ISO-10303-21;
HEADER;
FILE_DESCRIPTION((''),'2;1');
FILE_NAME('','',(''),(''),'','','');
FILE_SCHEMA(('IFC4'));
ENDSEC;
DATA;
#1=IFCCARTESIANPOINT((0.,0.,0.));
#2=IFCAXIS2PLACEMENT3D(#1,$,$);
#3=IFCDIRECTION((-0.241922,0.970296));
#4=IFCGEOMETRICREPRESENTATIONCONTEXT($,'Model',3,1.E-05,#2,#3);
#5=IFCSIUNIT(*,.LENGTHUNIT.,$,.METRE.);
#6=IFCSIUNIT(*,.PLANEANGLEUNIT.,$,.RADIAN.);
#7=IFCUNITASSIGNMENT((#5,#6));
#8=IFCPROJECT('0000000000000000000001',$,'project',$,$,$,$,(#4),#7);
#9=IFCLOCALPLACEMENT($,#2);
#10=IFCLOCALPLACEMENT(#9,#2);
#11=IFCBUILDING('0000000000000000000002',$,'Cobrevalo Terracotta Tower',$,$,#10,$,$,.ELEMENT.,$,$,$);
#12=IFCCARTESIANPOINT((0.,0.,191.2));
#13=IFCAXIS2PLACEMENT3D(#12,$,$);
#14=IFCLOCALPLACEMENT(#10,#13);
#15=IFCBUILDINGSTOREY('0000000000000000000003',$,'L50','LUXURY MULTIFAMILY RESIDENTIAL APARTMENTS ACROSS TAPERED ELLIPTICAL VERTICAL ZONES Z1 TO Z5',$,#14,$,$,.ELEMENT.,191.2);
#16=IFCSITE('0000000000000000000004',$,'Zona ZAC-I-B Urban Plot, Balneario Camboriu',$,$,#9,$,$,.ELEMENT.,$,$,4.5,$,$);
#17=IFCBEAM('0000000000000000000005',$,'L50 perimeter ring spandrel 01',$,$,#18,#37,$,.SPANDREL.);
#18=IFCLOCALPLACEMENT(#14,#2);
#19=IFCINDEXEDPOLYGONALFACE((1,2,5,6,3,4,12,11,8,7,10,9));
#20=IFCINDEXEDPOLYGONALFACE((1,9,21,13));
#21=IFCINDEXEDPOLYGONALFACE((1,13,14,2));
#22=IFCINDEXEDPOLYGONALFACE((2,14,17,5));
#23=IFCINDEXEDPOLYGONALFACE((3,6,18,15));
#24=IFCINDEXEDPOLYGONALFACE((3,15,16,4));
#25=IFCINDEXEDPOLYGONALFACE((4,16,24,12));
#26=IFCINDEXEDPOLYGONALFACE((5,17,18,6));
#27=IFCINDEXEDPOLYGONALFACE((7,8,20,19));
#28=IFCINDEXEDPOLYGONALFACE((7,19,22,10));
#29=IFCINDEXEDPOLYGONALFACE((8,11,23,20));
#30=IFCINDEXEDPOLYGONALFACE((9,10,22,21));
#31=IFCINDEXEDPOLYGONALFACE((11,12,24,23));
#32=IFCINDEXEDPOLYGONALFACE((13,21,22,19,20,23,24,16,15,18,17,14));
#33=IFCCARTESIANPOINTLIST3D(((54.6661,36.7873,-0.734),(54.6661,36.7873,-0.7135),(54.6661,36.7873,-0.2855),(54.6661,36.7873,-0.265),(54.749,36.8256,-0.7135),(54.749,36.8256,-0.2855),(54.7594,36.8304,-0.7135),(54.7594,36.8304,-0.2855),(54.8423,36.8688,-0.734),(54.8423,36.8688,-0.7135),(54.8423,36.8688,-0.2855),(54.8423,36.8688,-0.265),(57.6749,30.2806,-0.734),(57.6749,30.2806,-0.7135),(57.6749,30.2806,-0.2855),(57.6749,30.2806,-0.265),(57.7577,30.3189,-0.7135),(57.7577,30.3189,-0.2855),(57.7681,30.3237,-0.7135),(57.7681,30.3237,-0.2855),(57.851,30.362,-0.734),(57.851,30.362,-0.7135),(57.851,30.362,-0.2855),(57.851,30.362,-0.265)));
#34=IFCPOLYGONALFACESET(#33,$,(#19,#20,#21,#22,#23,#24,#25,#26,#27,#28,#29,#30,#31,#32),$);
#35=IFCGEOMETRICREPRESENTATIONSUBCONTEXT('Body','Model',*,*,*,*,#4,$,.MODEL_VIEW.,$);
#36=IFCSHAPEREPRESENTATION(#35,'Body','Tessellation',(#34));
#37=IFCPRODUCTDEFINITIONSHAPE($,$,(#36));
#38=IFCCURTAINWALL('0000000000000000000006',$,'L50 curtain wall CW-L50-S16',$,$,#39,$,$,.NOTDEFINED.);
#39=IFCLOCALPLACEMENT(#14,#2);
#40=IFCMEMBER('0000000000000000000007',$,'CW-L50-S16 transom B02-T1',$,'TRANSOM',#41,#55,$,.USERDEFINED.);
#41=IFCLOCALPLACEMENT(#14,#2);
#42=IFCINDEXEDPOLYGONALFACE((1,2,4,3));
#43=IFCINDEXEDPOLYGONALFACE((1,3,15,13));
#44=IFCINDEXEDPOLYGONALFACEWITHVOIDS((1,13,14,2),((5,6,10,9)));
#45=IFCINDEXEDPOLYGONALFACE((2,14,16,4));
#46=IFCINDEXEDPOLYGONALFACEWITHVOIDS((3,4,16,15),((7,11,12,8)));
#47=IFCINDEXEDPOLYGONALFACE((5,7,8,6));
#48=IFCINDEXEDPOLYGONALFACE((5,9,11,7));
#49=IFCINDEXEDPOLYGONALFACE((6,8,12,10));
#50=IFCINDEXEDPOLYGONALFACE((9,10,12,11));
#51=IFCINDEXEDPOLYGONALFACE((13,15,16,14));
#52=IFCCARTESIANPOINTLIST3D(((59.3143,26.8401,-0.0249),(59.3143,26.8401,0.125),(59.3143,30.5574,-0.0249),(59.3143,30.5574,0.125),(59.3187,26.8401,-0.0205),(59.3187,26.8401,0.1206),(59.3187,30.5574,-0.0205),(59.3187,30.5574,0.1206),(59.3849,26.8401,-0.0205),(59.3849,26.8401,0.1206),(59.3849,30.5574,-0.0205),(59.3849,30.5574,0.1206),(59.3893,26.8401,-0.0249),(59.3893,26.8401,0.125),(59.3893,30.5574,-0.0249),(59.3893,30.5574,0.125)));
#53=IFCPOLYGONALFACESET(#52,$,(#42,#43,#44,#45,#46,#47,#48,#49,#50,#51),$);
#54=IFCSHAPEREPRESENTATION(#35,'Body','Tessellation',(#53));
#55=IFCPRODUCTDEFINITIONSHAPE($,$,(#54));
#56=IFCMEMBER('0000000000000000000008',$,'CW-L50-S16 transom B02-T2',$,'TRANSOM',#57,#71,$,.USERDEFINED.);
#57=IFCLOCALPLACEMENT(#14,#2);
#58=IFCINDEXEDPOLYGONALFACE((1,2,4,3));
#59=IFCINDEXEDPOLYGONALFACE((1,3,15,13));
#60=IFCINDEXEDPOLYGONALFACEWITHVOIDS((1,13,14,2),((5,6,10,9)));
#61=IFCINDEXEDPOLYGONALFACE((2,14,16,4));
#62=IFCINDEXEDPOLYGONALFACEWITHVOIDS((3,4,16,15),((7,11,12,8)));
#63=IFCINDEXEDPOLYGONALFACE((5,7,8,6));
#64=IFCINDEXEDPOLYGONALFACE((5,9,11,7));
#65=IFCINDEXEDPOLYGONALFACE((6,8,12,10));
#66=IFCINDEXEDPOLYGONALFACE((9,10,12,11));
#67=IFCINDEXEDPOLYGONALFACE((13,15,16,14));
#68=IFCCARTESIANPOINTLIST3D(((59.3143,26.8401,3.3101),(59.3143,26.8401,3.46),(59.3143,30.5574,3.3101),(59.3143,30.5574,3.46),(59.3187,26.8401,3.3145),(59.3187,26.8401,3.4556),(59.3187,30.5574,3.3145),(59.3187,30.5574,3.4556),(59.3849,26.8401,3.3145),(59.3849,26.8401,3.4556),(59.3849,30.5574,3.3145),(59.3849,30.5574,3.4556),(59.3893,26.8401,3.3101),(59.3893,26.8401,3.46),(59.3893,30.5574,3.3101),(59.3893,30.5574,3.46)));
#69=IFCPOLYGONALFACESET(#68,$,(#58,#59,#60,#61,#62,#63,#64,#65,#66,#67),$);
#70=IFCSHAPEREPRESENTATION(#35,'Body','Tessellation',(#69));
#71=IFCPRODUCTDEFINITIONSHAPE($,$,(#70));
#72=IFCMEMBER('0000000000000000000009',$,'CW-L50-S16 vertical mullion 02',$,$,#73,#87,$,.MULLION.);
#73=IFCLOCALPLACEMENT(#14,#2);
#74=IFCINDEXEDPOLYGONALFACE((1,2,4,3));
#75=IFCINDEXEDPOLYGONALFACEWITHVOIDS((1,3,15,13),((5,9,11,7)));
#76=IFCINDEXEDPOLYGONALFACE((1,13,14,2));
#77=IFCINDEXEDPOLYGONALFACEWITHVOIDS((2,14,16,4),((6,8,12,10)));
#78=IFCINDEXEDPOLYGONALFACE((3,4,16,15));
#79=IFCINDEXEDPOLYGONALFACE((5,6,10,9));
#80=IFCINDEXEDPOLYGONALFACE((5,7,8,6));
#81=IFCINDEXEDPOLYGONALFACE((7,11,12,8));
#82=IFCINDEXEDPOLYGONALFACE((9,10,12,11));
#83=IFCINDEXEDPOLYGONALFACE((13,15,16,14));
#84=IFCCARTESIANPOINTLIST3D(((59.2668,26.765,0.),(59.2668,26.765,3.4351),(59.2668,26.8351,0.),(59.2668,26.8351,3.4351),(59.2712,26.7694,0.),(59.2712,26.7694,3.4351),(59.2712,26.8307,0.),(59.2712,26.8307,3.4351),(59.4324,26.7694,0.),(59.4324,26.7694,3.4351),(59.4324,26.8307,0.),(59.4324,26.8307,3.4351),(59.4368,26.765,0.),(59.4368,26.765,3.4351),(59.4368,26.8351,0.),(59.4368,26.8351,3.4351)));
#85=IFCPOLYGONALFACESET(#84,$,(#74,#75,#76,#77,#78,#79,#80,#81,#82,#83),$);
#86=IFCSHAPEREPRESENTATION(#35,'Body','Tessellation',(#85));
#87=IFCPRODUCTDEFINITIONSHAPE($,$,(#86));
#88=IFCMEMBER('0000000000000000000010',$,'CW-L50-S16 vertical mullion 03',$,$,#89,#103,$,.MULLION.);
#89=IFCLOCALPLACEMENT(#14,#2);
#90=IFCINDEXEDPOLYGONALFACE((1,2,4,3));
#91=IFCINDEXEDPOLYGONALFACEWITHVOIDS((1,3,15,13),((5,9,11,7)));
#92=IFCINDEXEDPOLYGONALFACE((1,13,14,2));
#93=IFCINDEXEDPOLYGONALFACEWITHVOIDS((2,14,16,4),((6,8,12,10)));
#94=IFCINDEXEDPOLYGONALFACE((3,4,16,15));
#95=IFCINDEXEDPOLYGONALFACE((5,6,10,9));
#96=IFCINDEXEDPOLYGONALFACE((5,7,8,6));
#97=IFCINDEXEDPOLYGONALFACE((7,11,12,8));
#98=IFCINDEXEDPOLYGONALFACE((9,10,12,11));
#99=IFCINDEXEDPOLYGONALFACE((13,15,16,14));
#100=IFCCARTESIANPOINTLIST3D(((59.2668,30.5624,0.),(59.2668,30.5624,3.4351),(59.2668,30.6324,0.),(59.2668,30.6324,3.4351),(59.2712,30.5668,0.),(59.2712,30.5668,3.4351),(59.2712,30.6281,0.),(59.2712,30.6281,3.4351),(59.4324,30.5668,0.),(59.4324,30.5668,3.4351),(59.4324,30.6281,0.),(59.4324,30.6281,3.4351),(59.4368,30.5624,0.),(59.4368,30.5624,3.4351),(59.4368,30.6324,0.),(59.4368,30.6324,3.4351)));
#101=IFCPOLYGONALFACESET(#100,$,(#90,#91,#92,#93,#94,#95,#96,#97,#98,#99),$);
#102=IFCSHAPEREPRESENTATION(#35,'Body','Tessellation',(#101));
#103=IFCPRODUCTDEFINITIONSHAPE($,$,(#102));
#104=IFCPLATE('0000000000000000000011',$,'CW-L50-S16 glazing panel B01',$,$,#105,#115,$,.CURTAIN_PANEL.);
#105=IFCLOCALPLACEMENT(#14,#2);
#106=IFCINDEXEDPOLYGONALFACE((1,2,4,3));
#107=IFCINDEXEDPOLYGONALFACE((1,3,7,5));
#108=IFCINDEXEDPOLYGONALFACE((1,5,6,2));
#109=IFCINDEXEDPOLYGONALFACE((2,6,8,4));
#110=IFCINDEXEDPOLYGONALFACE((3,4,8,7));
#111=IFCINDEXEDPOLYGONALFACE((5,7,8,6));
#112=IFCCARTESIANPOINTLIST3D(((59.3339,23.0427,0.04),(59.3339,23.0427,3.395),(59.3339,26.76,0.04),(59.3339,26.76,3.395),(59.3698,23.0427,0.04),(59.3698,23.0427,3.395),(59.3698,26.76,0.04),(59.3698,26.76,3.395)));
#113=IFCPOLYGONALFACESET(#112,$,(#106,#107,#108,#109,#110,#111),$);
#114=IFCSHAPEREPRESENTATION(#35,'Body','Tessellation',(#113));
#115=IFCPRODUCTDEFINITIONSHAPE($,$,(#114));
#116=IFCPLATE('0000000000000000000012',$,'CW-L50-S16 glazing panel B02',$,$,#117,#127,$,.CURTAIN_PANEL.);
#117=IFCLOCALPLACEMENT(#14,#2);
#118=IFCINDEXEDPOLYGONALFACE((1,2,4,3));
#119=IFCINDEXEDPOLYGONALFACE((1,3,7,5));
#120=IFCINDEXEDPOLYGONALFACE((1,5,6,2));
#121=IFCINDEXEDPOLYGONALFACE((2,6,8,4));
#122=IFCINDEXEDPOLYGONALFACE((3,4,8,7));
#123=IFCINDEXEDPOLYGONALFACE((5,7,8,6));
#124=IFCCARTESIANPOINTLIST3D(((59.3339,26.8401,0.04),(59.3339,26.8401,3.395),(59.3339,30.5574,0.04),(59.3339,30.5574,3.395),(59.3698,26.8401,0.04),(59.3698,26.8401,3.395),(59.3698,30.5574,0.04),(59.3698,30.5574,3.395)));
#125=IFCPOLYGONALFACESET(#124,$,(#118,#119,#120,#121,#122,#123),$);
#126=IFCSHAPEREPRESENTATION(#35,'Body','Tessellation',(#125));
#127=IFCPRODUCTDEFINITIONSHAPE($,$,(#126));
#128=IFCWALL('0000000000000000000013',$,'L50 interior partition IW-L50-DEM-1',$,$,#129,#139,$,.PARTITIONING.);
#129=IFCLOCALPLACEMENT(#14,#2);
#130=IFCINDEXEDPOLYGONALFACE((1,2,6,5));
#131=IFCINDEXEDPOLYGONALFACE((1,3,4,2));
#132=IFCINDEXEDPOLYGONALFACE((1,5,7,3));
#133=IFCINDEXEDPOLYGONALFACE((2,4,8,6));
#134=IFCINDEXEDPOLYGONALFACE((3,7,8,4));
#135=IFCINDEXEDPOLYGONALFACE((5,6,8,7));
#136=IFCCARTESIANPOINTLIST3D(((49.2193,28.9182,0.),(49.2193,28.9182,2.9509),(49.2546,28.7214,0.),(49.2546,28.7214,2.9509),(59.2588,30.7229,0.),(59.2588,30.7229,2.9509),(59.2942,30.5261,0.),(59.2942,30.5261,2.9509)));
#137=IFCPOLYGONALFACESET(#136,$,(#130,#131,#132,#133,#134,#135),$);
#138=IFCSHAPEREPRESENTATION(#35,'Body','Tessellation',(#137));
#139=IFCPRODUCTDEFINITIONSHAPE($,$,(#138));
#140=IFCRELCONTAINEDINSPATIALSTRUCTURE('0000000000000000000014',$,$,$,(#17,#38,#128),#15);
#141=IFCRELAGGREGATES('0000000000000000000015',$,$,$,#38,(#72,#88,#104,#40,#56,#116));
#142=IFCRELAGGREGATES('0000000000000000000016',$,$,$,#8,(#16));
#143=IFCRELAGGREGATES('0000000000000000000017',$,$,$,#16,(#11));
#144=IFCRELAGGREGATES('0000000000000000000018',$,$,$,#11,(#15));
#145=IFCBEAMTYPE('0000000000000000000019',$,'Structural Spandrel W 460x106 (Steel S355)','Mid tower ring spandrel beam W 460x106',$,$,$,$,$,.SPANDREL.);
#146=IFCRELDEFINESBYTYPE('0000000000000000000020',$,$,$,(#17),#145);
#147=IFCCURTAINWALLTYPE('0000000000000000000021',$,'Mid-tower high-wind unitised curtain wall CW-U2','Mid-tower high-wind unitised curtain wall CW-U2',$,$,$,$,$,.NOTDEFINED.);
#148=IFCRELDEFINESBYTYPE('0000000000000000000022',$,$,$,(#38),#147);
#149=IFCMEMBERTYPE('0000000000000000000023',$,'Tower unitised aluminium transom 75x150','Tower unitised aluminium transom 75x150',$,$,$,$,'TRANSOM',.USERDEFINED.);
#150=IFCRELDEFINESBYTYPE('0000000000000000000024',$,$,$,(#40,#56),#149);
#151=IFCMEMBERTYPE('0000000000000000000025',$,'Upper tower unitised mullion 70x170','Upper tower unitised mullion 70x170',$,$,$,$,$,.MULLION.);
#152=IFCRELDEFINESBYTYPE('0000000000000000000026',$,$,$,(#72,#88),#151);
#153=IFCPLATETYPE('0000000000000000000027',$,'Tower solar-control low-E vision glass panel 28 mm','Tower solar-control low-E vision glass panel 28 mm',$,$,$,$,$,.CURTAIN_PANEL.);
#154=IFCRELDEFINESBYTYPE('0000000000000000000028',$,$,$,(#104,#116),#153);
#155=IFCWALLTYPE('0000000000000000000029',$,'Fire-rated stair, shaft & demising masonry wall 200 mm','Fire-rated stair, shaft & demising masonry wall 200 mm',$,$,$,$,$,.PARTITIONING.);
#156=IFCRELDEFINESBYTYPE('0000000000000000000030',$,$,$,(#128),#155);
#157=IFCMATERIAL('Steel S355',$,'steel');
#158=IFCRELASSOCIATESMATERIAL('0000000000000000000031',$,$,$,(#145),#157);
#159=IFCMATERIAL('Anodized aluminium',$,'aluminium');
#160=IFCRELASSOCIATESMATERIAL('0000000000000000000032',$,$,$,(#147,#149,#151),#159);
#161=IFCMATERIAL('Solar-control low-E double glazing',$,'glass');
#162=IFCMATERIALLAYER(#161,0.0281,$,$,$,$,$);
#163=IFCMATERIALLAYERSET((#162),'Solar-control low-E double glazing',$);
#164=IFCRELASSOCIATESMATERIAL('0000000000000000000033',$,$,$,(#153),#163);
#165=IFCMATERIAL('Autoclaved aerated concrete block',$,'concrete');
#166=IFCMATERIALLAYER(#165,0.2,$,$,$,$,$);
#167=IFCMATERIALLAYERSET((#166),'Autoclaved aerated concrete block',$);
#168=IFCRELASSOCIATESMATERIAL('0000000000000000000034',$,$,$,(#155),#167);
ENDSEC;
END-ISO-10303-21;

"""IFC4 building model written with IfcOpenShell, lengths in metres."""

from ifc_helpers import new_model, si_unit, direction, frame, frame_2d, origin, origin_2d, place, context, subcontext, project, spatial, rectangle, hollow_rectangle, i_section, extrude, source, transform, mapped, material, layer, layer_set, material_profile, profile_set, type_object, element, aggregate, save


model = new_model("IFC4")

# Units and contexts
model_context = context("Model", 3, precision=1e-05, world=origin(), true_north=direction((-0.241922, 0.970296)))
body_context = subcontext(model_context, "Body", "Model", "MODEL_VIEW")
ifc_project = project(units=[si_unit("LENGTHUNIT", "METRE"), si_unit("PLANEANGLEUNIT", "RADIAN")], contexts=[model_context])

# Site, building, storey
site_placement = place(None, origin())
site = spatial("IfcSite", under=ifc_project, at=site_placement, Name="Zona ZAC-I-B Urban Plot, Balneario Camboriu", CompositionType="ELEMENT", RefElevation=4.5)
building_placement = place(site_placement, origin())
building = spatial("IfcBuilding", under=site, at=building_placement, Name="Cobrevalo Terracotta Tower", CompositionType="ELEMENT")
storey_placement = place(building_placement, frame((0.0, 0.0, 191.2)))
storey = spatial("IfcBuildingStorey", under=building, at=storey_placement, Name="L50", Description="LUXURY MULTIFAMILY RESIDENTIAL APARTMENTS ACROSS TAPERED ELLIPTICAL VERTICAL ZONES Z1 TO Z5", CompositionType="ELEMENT", Elevation=191.2)

# Shared definitions
ifc_material_1 = material(Name="Steel S355", Category="steel")

# Beam
ifc_material_profile_1 = material_profile(ifc_material_1, i_section(OverallWidth=0.1941, OverallDepth=0.469, WebThickness=0.0115, FlangeThickness=0.0205, at=origin_2d()), Name="W 460x106")
ifc_profile_set_1 = profile_set([ifc_material_profile_1], Name="Steel S355")
beam_type_1 = type_object("IfcBeamType", Name="Structural Spandrel W 460x106 (Steel S355)", Description="Mid tower ring spandrel beam W 460x106", PredefinedType="SPANDREL", material=ifc_profile_set_1)
beam_1_placement = place(storey_placement, frame((57.7629, 30.3213, -0.4995), z_axis=(-0.419706, 0.90766, 0.0), x_axis=(-0.90766, -0.419706, 0.0)))
element("IfcBeam", 1, at=beam_1_placement, inside=storey, type_object=beam_type_1, Name="L50 perimeter ring spandrel 01", PredefinedType="SPANDREL", context=body_context, shape_type="SweptSolid", body=[
    extrude(i_section(OverallWidth=0.1941, OverallDepth=0.469, WebThickness=0.0115, FlangeThickness=0.0205, at=origin_2d()), origin(), (0.0, 0.0, 1.0), 7.1687),
])

# Curtain wall, members, plates
ifc_material_2 = material(Name="Anodized aluminium", Category="aluminium")
curtain_wall_type = type_object("IfcCurtainWallType", Name="Mid-tower high-wind unitised curtain wall CW-U2", Description="Mid-tower high-wind unitised curtain wall CW-U2", PredefinedType="NOTDEFINED", material=ifc_material_2)
curtain_wall_placement = place(storey_placement, origin())
curtain_wall = element("IfcCurtainWall", 2, at=curtain_wall_placement, inside=storey, type_object=curtain_wall_type, Name="L50 curtain wall CW-L50-S16", PredefinedType="NOTDEFINED")
ifc_material_profile_2 = material_profile(ifc_material_2, hollow_rectangle(XDim=0.075, YDim=0.1499, WallThickness=0.0044, at=origin_2d()), Name="CWT 75x150")
ifc_profile_set_2 = profile_set([ifc_material_profile_2], Name="Anodized aluminium")
member_type_1 = type_object("IfcMemberType", Name="Tower unitised aluminium transom 75x150", Description="Tower unitised aluminium transom 75x150", ElementType="TRANSOM", PredefinedType="USERDEFINED", material=ifc_profile_set_2)
shared_shape_1 = source(origin(), body_context, "Body", "SweptSolid", [
    extrude(hollow_rectangle(XDim=0.075, YDim=0.1499, WallThickness=0.0044, at=origin_2d()), origin(), (0.0, 0.0, 1.0), 3.7173),
])
member_1_placement = place(storey_placement, frame((59.3518, 26.8401, 0.05), z_axis=(0.0, 1.0, 0.0), x_axis=(-1.0, 0.0, 0.0)))
member_1 = element("IfcMember", 3, at=member_1_placement, type_object=member_type_1, Name="CW-L50-S16 transom B02-T1", ObjectType="TRANSOM", PredefinedType="USERDEFINED", context=body_context, shape_type="MappedRepresentation", body=[
    mapped(shared_shape_1, transform((0.0, 0.0, 0.0), scale=1.0)),
])
member_2_placement = place(storey_placement, frame((59.3518, 26.8401, 3.385), z_axis=(0.0, 1.0, 0.0), x_axis=(-1.0, 0.0, 0.0)))
member_2 = element("IfcMember", 4, at=member_2_placement, type_object=member_type_1, Name="CW-L50-S16 transom B02-T2", ObjectType="TRANSOM", PredefinedType="USERDEFINED", context=body_context, shape_type="MappedRepresentation", body=[
    mapped(shared_shape_1, transform((0.0, 0.0, 0.0), scale=1.0)),
])
ifc_material_profile_3 = material_profile(ifc_material_2, hollow_rectangle(XDim=0.0701, YDim=0.1699, WallThickness=0.0044, at=origin_2d()), Name="CWM 70x170")
ifc_profile_set_3 = profile_set([ifc_material_profile_3], Name="Anodized aluminium")
member_type_2 = type_object("IfcMemberType", Name="Upper tower unitised mullion 70x170", Description="Upper tower unitised mullion 70x170", PredefinedType="MULLION", material=ifc_profile_set_3)
shared_shape_2 = source(origin(), body_context, "Body", "SweptSolid", [
    extrude(hollow_rectangle(XDim=0.0701, YDim=0.1699, WallThickness=0.0044, at=origin_2d()), origin(), (0.0, 0.0, 1.0), 3.4351),
])
member_3_placement = place(storey_placement, frame((59.3518, 26.8, 0.0), z_axis=(0.0, 0.0, 1.0), x_axis=(0.0, 1.0, 0.0)))
member_3 = element("IfcMember", 5, at=member_3_placement, type_object=member_type_2, Name="CW-L50-S16 vertical mullion 02", PredefinedType="MULLION", context=body_context, shape_type="MappedRepresentation", body=[
    mapped(shared_shape_2, transform((0.0, 0.0, 0.0), scale=1.0)),
])
member_4_placement = place(storey_placement, frame((59.3518, 30.5974, 0.0), z_axis=(0.0, 0.0, 1.0), x_axis=(0.0, 1.0, 0.0)))
member_4 = element("IfcMember", 6, at=member_4_placement, type_object=member_type_2, Name="CW-L50-S16 vertical mullion 03", PredefinedType="MULLION", context=body_context, shape_type="MappedRepresentation", body=[
    mapped(shared_shape_2, transform((0.0, 0.0, 0.0), scale=1.0)),
])
ifc_material_3 = material(Name="Solar-control low-E double glazing", Category="glass")
ifc_layer_1 = layer(ifc_material_3, 0.0281)
ifc_layer_set_1 = layer_set([ifc_layer_1], Name="Solar-control low-E double glazing")
plate_type = type_object("IfcPlateType", Name="Tower solar-control low-E vision glass panel 28 mm", Description="Tower solar-control low-E vision glass panel 28 mm", PredefinedType="CURTAIN_PANEL", material=ifc_layer_set_1)
shared_shape_3 = source(origin(), body_context, "Body", "SweptSolid", [
    extrude(rectangle(XDim=3.7173, YDim=0.0359, at=origin_2d()), origin(), (0.0, 0.0, 1.0), 3.355),
])
plate_1_placement = place(storey_placement, frame((59.3518, 24.9014, 0.04), z_axis=(0.0, 0.0, 1.0), x_axis=(0.0, 1.0, 0.0)))
plate_1 = element("IfcPlate", 7, at=plate_1_placement, type_object=plate_type, Name="CW-L50-S16 glazing panel B01", PredefinedType="CURTAIN_PANEL", context=body_context, shape_type="MappedRepresentation", body=[
    mapped(shared_shape_3, transform((0.0, 0.0, 0.0), scale=1.0)),
])
plate_2_placement = place(storey_placement, frame((59.3518, 28.6987, 0.04), z_axis=(0.0, 0.0, 1.0), x_axis=(0.0, 1.0, 0.0)))
plate_2 = element("IfcPlate", 8, at=plate_2_placement, type_object=plate_type, Name="CW-L50-S16 glazing panel B02", PredefinedType="CURTAIN_PANEL", context=body_context, shape_type="MappedRepresentation", body=[
    mapped(shared_shape_3, transform((0.0, 0.0, 0.0), scale=1.0)),
])
aggregate(curtain_wall, [member_3, member_4, plate_1, member_1, member_2, plate_2])

# Wall
ifc_material_4 = material(Name="Autoclaved aerated concrete block", Category="concrete")
ifc_layer_2 = layer(ifc_material_4, 0.2)
ifc_layer_set_2 = layer_set([ifc_layer_2], Name="Autoclaved aerated concrete block")
wall_type_1 = type_object("IfcWallType", Name="Fire-rated stair, shaft & demising masonry wall 200 mm", Description="Fire-rated stair, shaft & demising masonry wall 200 mm", PredefinedType="PARTITIONING", material=ifc_layer_set_2)
wall_1_placement = place(storey_placement, frame((49.2371, 28.8198, 0.0), z_axis=(0.0, 0.0, 1.0), x_axis=(0.984225, 0.176922, 0.0)))
element("IfcWall", 9, at=wall_1_placement, inside=storey, type_object=wall_type_1, Name="L50 interior partition IW-L50-DEM-1", PredefinedType="PARTITIONING", context=body_context, shape_type="SweptSolid", body=[
    extrude(rectangle(XDim=10.2004, YDim=0.2, at=frame_2d((5.1001, 0.0))), origin(), (0.0, 0.0, 1.0), 2.9509),
])

save(model, "model.ifc")
